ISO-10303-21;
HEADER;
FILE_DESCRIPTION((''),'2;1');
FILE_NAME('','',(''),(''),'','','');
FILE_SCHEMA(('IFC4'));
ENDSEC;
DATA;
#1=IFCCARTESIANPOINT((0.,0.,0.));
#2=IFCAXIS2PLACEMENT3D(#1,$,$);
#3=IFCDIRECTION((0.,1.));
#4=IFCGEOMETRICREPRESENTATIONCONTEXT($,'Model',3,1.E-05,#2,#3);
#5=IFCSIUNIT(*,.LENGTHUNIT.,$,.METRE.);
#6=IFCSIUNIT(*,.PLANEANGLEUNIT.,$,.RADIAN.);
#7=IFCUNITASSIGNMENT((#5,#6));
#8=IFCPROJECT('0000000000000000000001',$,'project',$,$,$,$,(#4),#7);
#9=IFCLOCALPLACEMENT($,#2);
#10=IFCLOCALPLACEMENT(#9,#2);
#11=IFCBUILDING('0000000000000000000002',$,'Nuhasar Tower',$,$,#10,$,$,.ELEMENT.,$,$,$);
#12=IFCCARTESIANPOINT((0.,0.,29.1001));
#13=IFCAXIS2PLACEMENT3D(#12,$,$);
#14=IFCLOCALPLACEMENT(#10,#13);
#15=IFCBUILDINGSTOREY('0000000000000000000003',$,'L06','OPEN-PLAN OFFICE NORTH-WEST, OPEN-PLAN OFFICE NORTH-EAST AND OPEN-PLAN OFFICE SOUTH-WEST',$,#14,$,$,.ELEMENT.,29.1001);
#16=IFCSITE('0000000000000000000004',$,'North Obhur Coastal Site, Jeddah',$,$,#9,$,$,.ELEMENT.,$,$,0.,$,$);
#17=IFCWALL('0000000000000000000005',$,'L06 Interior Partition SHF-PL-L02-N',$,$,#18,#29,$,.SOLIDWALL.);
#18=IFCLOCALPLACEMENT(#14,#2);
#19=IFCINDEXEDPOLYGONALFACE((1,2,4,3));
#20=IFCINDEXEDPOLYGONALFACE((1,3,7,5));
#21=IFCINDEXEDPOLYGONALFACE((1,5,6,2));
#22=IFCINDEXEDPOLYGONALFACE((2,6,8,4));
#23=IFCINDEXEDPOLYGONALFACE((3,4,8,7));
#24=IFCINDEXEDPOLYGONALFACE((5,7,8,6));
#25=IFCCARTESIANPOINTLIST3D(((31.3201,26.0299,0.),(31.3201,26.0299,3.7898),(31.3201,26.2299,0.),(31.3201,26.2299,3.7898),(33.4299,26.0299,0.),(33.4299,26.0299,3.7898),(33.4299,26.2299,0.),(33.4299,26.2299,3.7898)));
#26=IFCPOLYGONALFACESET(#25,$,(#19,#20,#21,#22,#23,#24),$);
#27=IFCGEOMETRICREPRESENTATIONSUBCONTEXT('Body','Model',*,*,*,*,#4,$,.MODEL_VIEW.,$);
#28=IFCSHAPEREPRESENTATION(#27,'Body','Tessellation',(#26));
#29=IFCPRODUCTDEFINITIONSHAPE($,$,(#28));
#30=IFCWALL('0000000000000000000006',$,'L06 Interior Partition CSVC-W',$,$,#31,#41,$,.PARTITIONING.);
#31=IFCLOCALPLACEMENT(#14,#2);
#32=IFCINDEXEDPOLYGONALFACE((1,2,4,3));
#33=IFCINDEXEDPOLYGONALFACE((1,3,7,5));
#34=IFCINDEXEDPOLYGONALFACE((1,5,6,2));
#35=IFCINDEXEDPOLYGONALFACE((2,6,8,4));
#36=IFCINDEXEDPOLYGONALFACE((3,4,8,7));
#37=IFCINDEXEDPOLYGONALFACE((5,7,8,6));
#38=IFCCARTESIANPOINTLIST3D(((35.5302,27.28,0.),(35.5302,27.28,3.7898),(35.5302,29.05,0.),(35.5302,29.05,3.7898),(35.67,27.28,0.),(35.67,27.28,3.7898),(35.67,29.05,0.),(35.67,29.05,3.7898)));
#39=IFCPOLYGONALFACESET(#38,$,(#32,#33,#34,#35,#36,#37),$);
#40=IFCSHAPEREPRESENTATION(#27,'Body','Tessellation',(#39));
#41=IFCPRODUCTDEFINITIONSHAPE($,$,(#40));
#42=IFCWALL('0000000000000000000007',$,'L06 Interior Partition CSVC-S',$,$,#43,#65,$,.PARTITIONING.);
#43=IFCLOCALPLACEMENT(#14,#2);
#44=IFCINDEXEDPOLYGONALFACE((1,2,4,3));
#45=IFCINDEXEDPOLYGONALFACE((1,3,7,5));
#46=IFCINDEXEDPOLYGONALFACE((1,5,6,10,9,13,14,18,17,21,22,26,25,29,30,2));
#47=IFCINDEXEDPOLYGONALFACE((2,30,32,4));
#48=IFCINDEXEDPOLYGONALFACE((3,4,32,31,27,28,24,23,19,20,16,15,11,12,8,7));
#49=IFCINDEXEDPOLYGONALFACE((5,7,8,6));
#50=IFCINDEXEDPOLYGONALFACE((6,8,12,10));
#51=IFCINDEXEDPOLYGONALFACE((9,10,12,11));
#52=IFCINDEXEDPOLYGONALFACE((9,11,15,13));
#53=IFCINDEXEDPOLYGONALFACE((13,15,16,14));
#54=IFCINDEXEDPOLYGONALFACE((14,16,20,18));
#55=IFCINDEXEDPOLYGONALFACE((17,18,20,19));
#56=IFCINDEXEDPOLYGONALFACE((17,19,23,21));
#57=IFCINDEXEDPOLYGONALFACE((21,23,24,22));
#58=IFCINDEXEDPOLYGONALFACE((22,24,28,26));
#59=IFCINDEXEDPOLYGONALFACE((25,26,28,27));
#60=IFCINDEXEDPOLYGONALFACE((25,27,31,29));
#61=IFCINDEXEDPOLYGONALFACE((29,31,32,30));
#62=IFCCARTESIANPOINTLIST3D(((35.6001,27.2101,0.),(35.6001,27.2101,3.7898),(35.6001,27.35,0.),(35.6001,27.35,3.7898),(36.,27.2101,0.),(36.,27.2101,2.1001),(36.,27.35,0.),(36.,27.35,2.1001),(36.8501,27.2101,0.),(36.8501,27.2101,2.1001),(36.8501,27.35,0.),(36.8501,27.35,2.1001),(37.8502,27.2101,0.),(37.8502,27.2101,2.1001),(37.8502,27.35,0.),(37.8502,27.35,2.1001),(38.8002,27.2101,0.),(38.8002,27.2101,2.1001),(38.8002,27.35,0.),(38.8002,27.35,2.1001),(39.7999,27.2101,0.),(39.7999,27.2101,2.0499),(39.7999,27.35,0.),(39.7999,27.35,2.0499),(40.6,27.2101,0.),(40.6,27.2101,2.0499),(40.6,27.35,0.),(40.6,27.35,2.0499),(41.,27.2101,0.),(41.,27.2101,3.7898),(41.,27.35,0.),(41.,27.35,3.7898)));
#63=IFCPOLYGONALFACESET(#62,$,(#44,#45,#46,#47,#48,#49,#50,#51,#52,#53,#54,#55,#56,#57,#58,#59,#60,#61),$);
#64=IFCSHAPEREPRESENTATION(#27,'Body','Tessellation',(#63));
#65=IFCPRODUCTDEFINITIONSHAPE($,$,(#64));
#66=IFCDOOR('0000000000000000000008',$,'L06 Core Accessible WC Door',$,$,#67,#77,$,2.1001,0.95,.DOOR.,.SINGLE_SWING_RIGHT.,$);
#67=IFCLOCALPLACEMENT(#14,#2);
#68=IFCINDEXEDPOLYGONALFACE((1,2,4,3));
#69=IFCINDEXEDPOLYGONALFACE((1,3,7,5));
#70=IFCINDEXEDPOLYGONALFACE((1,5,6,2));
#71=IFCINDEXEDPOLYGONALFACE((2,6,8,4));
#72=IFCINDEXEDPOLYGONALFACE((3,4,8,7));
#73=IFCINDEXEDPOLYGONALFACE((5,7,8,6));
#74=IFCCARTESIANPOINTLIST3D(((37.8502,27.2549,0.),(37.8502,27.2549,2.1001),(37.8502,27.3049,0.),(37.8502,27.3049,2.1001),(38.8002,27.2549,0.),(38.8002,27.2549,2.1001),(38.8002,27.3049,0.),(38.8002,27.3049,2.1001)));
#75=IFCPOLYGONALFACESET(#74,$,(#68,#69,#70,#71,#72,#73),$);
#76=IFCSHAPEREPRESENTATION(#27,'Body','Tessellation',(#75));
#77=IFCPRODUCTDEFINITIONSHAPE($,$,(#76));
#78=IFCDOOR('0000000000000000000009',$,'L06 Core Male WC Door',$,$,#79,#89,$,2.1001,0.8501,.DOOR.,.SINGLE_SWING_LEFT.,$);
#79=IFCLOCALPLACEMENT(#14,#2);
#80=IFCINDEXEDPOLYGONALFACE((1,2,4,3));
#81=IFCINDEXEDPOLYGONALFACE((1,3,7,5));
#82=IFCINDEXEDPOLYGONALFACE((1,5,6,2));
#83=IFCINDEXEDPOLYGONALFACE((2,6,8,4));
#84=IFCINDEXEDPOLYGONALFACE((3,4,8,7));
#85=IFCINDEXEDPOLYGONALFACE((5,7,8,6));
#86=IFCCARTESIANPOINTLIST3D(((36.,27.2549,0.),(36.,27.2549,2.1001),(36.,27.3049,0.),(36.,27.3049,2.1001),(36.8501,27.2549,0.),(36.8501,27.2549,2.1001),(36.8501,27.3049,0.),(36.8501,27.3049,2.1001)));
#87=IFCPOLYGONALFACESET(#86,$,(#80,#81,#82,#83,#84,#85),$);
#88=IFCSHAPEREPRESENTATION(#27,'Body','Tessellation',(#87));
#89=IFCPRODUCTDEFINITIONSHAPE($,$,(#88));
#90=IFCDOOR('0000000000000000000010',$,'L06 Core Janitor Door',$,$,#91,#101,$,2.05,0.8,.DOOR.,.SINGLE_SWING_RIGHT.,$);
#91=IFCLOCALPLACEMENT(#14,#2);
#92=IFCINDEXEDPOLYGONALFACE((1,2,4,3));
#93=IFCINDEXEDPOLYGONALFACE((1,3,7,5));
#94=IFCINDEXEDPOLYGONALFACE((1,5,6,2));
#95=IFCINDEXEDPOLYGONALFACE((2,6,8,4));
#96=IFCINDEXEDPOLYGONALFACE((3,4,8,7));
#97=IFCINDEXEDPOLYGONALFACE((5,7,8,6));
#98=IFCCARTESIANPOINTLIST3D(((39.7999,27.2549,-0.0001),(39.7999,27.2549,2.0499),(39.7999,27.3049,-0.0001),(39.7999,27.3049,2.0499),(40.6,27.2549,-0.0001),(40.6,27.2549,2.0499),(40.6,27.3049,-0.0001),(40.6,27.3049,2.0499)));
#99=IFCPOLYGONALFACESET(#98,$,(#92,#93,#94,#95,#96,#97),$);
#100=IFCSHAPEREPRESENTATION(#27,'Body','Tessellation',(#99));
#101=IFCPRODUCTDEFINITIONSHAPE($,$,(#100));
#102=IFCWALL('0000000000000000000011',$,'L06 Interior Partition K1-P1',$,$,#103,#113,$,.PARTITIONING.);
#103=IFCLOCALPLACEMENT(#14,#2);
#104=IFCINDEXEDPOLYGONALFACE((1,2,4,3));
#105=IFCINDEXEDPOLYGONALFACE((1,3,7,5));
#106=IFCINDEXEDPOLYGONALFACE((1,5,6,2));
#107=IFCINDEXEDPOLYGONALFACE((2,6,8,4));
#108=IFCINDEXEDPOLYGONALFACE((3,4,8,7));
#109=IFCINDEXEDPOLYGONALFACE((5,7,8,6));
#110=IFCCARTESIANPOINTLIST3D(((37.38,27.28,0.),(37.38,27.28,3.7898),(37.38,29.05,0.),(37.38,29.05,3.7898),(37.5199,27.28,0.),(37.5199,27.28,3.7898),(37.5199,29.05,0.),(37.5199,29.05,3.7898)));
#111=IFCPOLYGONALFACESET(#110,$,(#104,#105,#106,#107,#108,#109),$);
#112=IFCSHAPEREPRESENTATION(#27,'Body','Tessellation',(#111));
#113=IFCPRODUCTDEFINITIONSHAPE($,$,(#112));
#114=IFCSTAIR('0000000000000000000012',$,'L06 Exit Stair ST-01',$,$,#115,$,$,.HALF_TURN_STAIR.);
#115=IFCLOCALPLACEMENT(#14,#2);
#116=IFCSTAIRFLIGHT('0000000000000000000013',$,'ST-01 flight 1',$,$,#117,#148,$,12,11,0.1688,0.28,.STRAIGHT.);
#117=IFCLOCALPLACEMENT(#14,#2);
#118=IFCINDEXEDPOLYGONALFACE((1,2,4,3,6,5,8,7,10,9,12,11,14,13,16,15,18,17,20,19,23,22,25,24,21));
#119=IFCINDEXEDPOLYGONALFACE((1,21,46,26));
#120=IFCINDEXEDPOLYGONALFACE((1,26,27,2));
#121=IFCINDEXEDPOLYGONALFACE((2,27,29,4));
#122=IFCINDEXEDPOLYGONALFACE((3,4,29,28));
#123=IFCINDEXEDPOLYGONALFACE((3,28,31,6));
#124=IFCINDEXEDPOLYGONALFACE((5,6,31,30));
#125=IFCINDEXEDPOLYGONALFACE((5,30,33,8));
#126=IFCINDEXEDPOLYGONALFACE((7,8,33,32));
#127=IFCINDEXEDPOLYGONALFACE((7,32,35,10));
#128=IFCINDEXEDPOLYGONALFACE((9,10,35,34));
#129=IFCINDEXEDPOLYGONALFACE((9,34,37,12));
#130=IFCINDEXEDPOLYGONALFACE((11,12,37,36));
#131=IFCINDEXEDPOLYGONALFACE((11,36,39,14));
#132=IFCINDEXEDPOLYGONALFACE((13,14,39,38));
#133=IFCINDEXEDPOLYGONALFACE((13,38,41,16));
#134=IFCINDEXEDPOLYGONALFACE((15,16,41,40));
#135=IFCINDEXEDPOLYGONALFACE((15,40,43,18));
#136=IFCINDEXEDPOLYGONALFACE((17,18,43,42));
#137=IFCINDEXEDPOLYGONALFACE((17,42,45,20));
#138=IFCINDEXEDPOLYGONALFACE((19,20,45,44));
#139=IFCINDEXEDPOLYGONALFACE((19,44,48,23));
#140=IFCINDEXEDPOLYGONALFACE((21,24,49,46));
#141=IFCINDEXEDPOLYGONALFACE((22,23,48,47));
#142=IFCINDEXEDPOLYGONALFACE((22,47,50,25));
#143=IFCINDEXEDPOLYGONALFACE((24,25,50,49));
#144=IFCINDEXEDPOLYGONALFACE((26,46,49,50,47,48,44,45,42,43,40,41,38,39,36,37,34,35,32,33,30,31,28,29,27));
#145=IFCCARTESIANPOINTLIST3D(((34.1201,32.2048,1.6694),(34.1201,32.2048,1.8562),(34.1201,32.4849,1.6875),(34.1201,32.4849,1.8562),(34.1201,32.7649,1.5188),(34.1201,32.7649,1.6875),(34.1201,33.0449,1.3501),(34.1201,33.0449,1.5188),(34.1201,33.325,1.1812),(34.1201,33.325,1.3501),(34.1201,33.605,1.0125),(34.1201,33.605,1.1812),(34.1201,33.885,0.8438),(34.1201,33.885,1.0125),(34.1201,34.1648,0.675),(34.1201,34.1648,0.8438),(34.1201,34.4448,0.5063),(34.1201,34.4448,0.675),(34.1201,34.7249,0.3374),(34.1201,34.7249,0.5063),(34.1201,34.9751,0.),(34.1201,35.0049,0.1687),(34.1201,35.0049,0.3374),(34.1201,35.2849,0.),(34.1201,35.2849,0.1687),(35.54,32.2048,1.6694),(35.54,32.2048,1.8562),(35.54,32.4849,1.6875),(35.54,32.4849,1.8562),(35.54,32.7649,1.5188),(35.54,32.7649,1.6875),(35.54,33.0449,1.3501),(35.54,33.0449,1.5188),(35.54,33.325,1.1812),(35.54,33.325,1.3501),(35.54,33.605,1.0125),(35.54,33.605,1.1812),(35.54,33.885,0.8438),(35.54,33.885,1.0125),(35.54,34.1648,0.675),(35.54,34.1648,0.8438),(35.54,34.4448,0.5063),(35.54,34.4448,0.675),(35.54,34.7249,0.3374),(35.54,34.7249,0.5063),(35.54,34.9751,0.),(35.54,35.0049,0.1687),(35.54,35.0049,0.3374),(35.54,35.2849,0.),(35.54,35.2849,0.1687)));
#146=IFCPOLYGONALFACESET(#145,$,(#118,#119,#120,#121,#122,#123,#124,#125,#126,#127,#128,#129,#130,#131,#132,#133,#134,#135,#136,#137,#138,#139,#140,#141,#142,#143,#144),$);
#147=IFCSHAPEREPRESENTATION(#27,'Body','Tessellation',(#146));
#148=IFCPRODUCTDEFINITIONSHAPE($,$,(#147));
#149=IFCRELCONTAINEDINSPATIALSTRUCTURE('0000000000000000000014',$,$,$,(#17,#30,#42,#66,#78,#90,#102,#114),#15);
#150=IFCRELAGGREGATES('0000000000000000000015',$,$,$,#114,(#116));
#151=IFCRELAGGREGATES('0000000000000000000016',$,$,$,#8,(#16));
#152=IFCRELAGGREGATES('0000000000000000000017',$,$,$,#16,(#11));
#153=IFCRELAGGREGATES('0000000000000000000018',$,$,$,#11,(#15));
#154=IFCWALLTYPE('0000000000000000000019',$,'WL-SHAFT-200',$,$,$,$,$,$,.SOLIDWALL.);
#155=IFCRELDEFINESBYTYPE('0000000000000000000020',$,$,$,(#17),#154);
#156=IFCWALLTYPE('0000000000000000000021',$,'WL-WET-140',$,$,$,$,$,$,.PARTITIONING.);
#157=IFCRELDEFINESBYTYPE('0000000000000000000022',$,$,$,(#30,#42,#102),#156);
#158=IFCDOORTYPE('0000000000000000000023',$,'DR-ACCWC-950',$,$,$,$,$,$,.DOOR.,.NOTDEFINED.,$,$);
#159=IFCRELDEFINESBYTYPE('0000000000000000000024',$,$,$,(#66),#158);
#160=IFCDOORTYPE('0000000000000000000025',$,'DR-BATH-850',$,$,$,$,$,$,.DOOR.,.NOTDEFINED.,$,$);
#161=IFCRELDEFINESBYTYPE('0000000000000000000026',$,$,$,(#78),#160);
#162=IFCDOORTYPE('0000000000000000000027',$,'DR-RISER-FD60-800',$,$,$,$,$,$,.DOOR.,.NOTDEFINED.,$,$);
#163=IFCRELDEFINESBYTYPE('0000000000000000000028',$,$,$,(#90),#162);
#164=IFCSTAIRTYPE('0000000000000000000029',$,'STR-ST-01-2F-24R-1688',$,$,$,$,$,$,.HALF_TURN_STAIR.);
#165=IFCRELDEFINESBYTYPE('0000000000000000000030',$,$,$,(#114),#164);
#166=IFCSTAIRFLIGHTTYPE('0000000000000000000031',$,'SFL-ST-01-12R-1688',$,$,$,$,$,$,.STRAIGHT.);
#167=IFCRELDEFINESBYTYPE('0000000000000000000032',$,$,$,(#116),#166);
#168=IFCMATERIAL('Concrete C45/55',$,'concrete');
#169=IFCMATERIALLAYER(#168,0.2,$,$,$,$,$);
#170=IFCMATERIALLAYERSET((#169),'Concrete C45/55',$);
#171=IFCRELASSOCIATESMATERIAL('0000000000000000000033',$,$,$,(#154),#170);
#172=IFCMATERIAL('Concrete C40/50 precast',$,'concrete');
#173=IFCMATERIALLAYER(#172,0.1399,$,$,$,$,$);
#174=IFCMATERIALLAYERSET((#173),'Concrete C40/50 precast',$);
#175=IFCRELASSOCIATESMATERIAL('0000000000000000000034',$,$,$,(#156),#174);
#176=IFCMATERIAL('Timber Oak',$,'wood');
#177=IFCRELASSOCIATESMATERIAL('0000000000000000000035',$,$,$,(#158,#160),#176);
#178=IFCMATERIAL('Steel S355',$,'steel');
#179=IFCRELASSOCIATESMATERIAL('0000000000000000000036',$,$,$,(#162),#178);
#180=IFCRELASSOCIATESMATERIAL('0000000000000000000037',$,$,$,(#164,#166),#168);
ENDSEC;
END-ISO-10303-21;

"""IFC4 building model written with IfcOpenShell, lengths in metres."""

from ifc_helpers import new_model, si_unit, direction, frame, frame_2d, origin, place, context, subcontext, project, spatial, polyline, rectangle, outline, extrude, material, layer, layer_set, type_object, element, fill, aggregate, save


model = new_model("IFC4")

# Units and contexts
model_context = context("Model", 3, precision=1e-05, world=origin(), true_north=direction((0.0, 1.0)))
body_context = subcontext(model_context, "Body", "Model", "MODEL_VIEW")
ifc_project = project(units=[si_unit("LENGTHUNIT", "METRE"), si_unit("PLANEANGLEUNIT", "RADIAN")], contexts=[model_context])

# Site, building, storey
site_placement = place(None, origin())
site = spatial("IfcSite", under=ifc_project, at=site_placement, Name="North Obhur Coastal Site, Jeddah", CompositionType="ELEMENT", RefElevation=0.0)
building_placement = place(site_placement, origin())
building = spatial("IfcBuilding", under=site, at=building_placement, Name="Nuhasar Tower", CompositionType="ELEMENT")
storey_placement = place(building_placement, frame((0.0, 0.0, 29.1001)))
storey = spatial("IfcBuildingStorey", under=building, at=storey_placement, Name="L06", Description="OPEN-PLAN OFFICE NORTH-WEST, OPEN-PLAN OFFICE NORTH-EAST AND OPEN-PLAN OFFICE SOUTH-WEST", CompositionType="ELEMENT", Elevation=29.1001)

# Shared definitions
ifc_material_1 = material(Name="Steel S355", Category="steel")

# Walls
ifc_material_2 = material(Name="Concrete C45/55", Category="concrete")
ifc_layer_1 = layer(ifc_material_2, 0.2)
ifc_layer_set_1 = layer_set([ifc_layer_1], Name="Concrete C45/55")
wall_type_1 = type_object("IfcWallType", Name="WL-SHAFT-200", PredefinedType="SOLIDWALL", material=ifc_layer_set_1)
wall_1_placement = place(storey_placement, frame((31.3201, 26.1299, 0.0), z_axis=(0.0, 0.0, 1.0), x_axis=(1.0, 0.0, 0.0)))
element("IfcWall", 1, at=wall_1_placement, inside=storey, type_object=wall_type_1, Name="L06 Interior Partition SHF-PL-L02-N", PredefinedType="SOLIDWALL", context=body_context, shape_type="SweptSolid", body=[
    extrude(rectangle(XDim=2.1099, YDim=0.2, at=frame_2d((1.0549, 0.0))), origin(), (0.0, 0.0, 1.0), 3.7898),
])
ifc_material_3 = material(Name="Concrete C40/50 precast", Category="concrete")
ifc_layer_2 = layer(ifc_material_3, 0.1399)
ifc_layer_set_2 = layer_set([ifc_layer_2], Name="Concrete C40/50 precast")
wall_type_2 = type_object("IfcWallType", Name="WL-WET-140", PredefinedType="PARTITIONING", material=ifc_layer_set_2)
wall_2_placement = place(storey_placement, frame((35.6001, 27.28, 0.0), z_axis=(0.0, 0.0, 1.0), x_axis=(0.0, 1.0, 0.0)))
element("IfcWall", 2, at=wall_2_placement, inside=storey, type_object=wall_type_2, Name="L06 Interior Partition CSVC-W", PredefinedType="PARTITIONING", context=body_context, shape_type="SweptSolid", body=[
    extrude(rectangle(XDim=1.77, YDim=0.1399, at=frame_2d((0.885, 0.0))), origin(), (0.0, 0.0, 1.0), 3.7898),
])

# Wall, openings, doors
wall_3_placement = place(storey_placement, frame((35.6001, 27.28, 0.0), z_axis=(0.0, 0.0, 1.0), x_axis=(1.0, 0.0, 0.0)))
wall_3 = element("IfcWall", 3, at=wall_3_placement, inside=storey, type_object=wall_type_2, Name="L06 Interior Partition CSVC-S", PredefinedType="PARTITIONING", context=body_context, shape_type="SweptSolid", body=[
    extrude(rectangle(XDim=5.3999, YDim=0.1399, at=frame_2d((2.7, 0.0))), origin(), (0.0, 0.0, 1.0), 3.7898),
])
opening_1_placement = place(wall_3_placement, frame((0.3999, 0.0, 0.0)))
opening_1 = element("IfcOpeningElement", 4, at=opening_1_placement, cuts=wall_3, PredefinedType="OPENING", context=body_context, shape_type="SweptSolid", body=[
    extrude(rectangle(XDim=0.8501, YDim=2.1001, at=frame_2d((0.425, 1.05))), frame((0.0, 0.0801, 0.0), z_axis=(0.0, -1.0, 0.0), x_axis=(1.0, 0.0, 0.0)), (0.0, 0.0, 1.0), 0.1599),
])
opening_2_placement = place(wall_3_placement, frame((2.25, 0.0, 0.0)))
opening_2 = element("IfcOpeningElement", 5, at=opening_2_placement, cuts=wall_3, PredefinedType="OPENING", context=body_context, shape_type="SweptSolid", body=[
    extrude(rectangle(XDim=0.95, YDim=2.1001, at=frame_2d((0.4751, 1.05))), frame((0.0, 0.0801, 0.0), z_axis=(0.0, -1.0, 0.0), x_axis=(1.0, 0.0, 0.0)), (0.0, 0.0, 1.0), 0.1599),
])
opening_3_placement = place(wall_3_placement, frame((4.2, 0.0, 0.0)))
opening_3 = element("IfcOpeningElement", 6, at=opening_3_placement, cuts=wall_3, PredefinedType="OPENING", context=body_context, shape_type="SweptSolid", body=[
    extrude(rectangle(XDim=0.8, YDim=2.05, at=frame_2d((0.3999, 1.0249))), frame((0.0, 0.0801, 0.0), z_axis=(0.0, -1.0, 0.0), x_axis=(1.0, 0.0, 0.0)), (0.0, 0.0, 1.0), 0.1599),
])
ifc_material_4 = material(Name="Timber Oak", Category="wood")
door_type_1 = type_object("IfcDoorType", Name="DR-ACCWC-950", OperationType="NOTDEFINED", PredefinedType="DOOR", material=ifc_material_4)
door_1_placement = place(opening_2_placement, origin())
door_1 = element("IfcDoor", 7, at=door_1_placement, inside=storey, type_object=door_type_1, Name="L06 Core Accessible WC Door", OperationType="SINGLE_SWING_RIGHT", OverallHeight=2.1001, OverallWidth=0.95, PredefinedType="DOOR", context=body_context, shape_type="SweptSolid", body=[
    extrude(rectangle(XDim=0.95, YDim=2.1001, at=frame_2d((0.4751, 1.05))), frame((0.0, 0.0249, 0.0), z_axis=(0.0, -1.0, 0.0), x_axis=(1.0, 0.0, 0.0)), (0.0, 0.0, 1.0), 0.05),
])
fill(opening_2, door_1)
door_type_2 = type_object("IfcDoorType", Name="DR-BATH-850", OperationType="NOTDEFINED", PredefinedType="DOOR", material=ifc_material_4)
door_2_placement = place(opening_1_placement, origin())
door_2 = element("IfcDoor", 8, at=door_2_placement, inside=storey, type_object=door_type_2, Name="L06 Core Male WC Door", OperationType="SINGLE_SWING_LEFT", OverallHeight=2.1001, OverallWidth=0.8501, PredefinedType="DOOR", context=body_context, shape_type="SweptSolid", body=[
    extrude(rectangle(XDim=0.8501, YDim=2.1001, at=frame_2d((0.425, 1.05))), frame((0.0, 0.0249, 0.0), z_axis=(0.0, -1.0, 0.0), x_axis=(1.0, 0.0, 0.0)), (0.0, 0.0, 1.0), 0.05),
])
fill(opening_1, door_2)
door_type_3 = type_object("IfcDoorType", Name="DR-RISER-FD60-800", OperationType="NOTDEFINED", PredefinedType="DOOR", material=ifc_material_1)
door_3_placement = place(opening_3_placement, origin())
door_3 = element("IfcDoor", 9, at=door_3_placement, inside=storey, type_object=door_type_3, Name="L06 Core Janitor Door", OperationType="SINGLE_SWING_RIGHT", OverallHeight=2.05, OverallWidth=0.8, PredefinedType="DOOR", context=body_context, shape_type="SweptSolid", body=[
    extrude(rectangle(XDim=0.8, YDim=2.05, at=frame_2d((0.3999, 1.0249))), frame((0.0, 0.0249, 0.0), z_axis=(0.0, -1.0, 0.0), x_axis=(1.0, 0.0, 0.0)), (0.0, 0.0, 1.0), 0.05),
])
fill(opening_3, door_3)

# Wall
wall_4_placement = place(storey_placement, frame((37.45, 27.28, 0.0), z_axis=(0.0, 0.0, 1.0), x_axis=(0.0, 1.0, 0.0)))
element("IfcWall", 10, at=wall_4_placement, inside=storey, type_object=wall_type_2, Name="L06 Interior Partition K1-P1", PredefinedType="PARTITIONING", context=body_context, shape_type="SweptSolid", body=[
    extrude(rectangle(XDim=1.77, YDim=0.1399, at=frame_2d((0.885, 0.0))), origin(), (0.0, 0.0, 1.0), 3.7898),
])

# Stair, stair flight
stair_type_1 = type_object("IfcStairType", Name="STR-ST-01-2F-24R-1688", PredefinedType="HALF_TURN_STAIR", material=ifc_material_2)
stair_1_placement = place(storey_placement, origin())
stair_1 = element("IfcStair", 11, at=stair_1_placement, inside=storey, type_object=stair_type_1, Name="L06 Exit Stair ST-01", PredefinedType="HALF_TURN_STAIR")
stair_flight_type_1 = type_object("IfcStairFlightType", Name="SFL-ST-01-12R-1688", PredefinedType="STRAIGHT", material=ifc_material_2)
stair_flight_1_placement = place(storey_placement, frame((34.8301, 35.2849, 0.0), z_axis=(0.0, 0.0, 1.0), x_axis=(0.0, -1.0, 0.0)))
stair_flight_1 = element("IfcStairFlight", 12, at=stair_flight_1_placement, type_object=stair_flight_type_1, Name="ST-01 flight 1", NumberOfRisers=12, NumberOfTreads=11, PredefinedType="STRAIGHT", RiserHeight=0.1688, TreadLength=0.28, context=body_context, shape_type="SweptSolid", body=[
    extrude(outline(polyline([(0.0, 0.0), (0.0, 0.1687), (0.28, 0.1687), (0.28, 0.3374), (0.5601, 0.3374), (0.5601, 0.5063), (0.8401, 0.5063), (0.8401, 0.675), (1.1201, 0.675), (1.1201, 0.8438), (1.3999, 0.8438), (1.3999, 1.0125), (1.6799, 1.0125), (1.6799, 1.1812), (1.96, 1.1812), (1.96, 1.3501), (2.24, 1.3501), (2.24, 1.5188), (2.52, 1.5188), (2.52, 1.6875), (2.8, 1.6875), (2.8, 1.8562), (3.0801, 1.8562), (3.0801, 2.0249), (3.0801, 1.6694), (0.3098, 0.0), (0.0, 0.0)])), frame((0.0, 0.71, 0.0), z_axis=(0.0, -1.0, 0.0), x_axis=(1.0, 0.0, 0.0)), (0.0, 0.0, 1.0), 1.4199),
])
aggregate(stair_1, [stair_flight_1])

save(model, "model.ifc")
